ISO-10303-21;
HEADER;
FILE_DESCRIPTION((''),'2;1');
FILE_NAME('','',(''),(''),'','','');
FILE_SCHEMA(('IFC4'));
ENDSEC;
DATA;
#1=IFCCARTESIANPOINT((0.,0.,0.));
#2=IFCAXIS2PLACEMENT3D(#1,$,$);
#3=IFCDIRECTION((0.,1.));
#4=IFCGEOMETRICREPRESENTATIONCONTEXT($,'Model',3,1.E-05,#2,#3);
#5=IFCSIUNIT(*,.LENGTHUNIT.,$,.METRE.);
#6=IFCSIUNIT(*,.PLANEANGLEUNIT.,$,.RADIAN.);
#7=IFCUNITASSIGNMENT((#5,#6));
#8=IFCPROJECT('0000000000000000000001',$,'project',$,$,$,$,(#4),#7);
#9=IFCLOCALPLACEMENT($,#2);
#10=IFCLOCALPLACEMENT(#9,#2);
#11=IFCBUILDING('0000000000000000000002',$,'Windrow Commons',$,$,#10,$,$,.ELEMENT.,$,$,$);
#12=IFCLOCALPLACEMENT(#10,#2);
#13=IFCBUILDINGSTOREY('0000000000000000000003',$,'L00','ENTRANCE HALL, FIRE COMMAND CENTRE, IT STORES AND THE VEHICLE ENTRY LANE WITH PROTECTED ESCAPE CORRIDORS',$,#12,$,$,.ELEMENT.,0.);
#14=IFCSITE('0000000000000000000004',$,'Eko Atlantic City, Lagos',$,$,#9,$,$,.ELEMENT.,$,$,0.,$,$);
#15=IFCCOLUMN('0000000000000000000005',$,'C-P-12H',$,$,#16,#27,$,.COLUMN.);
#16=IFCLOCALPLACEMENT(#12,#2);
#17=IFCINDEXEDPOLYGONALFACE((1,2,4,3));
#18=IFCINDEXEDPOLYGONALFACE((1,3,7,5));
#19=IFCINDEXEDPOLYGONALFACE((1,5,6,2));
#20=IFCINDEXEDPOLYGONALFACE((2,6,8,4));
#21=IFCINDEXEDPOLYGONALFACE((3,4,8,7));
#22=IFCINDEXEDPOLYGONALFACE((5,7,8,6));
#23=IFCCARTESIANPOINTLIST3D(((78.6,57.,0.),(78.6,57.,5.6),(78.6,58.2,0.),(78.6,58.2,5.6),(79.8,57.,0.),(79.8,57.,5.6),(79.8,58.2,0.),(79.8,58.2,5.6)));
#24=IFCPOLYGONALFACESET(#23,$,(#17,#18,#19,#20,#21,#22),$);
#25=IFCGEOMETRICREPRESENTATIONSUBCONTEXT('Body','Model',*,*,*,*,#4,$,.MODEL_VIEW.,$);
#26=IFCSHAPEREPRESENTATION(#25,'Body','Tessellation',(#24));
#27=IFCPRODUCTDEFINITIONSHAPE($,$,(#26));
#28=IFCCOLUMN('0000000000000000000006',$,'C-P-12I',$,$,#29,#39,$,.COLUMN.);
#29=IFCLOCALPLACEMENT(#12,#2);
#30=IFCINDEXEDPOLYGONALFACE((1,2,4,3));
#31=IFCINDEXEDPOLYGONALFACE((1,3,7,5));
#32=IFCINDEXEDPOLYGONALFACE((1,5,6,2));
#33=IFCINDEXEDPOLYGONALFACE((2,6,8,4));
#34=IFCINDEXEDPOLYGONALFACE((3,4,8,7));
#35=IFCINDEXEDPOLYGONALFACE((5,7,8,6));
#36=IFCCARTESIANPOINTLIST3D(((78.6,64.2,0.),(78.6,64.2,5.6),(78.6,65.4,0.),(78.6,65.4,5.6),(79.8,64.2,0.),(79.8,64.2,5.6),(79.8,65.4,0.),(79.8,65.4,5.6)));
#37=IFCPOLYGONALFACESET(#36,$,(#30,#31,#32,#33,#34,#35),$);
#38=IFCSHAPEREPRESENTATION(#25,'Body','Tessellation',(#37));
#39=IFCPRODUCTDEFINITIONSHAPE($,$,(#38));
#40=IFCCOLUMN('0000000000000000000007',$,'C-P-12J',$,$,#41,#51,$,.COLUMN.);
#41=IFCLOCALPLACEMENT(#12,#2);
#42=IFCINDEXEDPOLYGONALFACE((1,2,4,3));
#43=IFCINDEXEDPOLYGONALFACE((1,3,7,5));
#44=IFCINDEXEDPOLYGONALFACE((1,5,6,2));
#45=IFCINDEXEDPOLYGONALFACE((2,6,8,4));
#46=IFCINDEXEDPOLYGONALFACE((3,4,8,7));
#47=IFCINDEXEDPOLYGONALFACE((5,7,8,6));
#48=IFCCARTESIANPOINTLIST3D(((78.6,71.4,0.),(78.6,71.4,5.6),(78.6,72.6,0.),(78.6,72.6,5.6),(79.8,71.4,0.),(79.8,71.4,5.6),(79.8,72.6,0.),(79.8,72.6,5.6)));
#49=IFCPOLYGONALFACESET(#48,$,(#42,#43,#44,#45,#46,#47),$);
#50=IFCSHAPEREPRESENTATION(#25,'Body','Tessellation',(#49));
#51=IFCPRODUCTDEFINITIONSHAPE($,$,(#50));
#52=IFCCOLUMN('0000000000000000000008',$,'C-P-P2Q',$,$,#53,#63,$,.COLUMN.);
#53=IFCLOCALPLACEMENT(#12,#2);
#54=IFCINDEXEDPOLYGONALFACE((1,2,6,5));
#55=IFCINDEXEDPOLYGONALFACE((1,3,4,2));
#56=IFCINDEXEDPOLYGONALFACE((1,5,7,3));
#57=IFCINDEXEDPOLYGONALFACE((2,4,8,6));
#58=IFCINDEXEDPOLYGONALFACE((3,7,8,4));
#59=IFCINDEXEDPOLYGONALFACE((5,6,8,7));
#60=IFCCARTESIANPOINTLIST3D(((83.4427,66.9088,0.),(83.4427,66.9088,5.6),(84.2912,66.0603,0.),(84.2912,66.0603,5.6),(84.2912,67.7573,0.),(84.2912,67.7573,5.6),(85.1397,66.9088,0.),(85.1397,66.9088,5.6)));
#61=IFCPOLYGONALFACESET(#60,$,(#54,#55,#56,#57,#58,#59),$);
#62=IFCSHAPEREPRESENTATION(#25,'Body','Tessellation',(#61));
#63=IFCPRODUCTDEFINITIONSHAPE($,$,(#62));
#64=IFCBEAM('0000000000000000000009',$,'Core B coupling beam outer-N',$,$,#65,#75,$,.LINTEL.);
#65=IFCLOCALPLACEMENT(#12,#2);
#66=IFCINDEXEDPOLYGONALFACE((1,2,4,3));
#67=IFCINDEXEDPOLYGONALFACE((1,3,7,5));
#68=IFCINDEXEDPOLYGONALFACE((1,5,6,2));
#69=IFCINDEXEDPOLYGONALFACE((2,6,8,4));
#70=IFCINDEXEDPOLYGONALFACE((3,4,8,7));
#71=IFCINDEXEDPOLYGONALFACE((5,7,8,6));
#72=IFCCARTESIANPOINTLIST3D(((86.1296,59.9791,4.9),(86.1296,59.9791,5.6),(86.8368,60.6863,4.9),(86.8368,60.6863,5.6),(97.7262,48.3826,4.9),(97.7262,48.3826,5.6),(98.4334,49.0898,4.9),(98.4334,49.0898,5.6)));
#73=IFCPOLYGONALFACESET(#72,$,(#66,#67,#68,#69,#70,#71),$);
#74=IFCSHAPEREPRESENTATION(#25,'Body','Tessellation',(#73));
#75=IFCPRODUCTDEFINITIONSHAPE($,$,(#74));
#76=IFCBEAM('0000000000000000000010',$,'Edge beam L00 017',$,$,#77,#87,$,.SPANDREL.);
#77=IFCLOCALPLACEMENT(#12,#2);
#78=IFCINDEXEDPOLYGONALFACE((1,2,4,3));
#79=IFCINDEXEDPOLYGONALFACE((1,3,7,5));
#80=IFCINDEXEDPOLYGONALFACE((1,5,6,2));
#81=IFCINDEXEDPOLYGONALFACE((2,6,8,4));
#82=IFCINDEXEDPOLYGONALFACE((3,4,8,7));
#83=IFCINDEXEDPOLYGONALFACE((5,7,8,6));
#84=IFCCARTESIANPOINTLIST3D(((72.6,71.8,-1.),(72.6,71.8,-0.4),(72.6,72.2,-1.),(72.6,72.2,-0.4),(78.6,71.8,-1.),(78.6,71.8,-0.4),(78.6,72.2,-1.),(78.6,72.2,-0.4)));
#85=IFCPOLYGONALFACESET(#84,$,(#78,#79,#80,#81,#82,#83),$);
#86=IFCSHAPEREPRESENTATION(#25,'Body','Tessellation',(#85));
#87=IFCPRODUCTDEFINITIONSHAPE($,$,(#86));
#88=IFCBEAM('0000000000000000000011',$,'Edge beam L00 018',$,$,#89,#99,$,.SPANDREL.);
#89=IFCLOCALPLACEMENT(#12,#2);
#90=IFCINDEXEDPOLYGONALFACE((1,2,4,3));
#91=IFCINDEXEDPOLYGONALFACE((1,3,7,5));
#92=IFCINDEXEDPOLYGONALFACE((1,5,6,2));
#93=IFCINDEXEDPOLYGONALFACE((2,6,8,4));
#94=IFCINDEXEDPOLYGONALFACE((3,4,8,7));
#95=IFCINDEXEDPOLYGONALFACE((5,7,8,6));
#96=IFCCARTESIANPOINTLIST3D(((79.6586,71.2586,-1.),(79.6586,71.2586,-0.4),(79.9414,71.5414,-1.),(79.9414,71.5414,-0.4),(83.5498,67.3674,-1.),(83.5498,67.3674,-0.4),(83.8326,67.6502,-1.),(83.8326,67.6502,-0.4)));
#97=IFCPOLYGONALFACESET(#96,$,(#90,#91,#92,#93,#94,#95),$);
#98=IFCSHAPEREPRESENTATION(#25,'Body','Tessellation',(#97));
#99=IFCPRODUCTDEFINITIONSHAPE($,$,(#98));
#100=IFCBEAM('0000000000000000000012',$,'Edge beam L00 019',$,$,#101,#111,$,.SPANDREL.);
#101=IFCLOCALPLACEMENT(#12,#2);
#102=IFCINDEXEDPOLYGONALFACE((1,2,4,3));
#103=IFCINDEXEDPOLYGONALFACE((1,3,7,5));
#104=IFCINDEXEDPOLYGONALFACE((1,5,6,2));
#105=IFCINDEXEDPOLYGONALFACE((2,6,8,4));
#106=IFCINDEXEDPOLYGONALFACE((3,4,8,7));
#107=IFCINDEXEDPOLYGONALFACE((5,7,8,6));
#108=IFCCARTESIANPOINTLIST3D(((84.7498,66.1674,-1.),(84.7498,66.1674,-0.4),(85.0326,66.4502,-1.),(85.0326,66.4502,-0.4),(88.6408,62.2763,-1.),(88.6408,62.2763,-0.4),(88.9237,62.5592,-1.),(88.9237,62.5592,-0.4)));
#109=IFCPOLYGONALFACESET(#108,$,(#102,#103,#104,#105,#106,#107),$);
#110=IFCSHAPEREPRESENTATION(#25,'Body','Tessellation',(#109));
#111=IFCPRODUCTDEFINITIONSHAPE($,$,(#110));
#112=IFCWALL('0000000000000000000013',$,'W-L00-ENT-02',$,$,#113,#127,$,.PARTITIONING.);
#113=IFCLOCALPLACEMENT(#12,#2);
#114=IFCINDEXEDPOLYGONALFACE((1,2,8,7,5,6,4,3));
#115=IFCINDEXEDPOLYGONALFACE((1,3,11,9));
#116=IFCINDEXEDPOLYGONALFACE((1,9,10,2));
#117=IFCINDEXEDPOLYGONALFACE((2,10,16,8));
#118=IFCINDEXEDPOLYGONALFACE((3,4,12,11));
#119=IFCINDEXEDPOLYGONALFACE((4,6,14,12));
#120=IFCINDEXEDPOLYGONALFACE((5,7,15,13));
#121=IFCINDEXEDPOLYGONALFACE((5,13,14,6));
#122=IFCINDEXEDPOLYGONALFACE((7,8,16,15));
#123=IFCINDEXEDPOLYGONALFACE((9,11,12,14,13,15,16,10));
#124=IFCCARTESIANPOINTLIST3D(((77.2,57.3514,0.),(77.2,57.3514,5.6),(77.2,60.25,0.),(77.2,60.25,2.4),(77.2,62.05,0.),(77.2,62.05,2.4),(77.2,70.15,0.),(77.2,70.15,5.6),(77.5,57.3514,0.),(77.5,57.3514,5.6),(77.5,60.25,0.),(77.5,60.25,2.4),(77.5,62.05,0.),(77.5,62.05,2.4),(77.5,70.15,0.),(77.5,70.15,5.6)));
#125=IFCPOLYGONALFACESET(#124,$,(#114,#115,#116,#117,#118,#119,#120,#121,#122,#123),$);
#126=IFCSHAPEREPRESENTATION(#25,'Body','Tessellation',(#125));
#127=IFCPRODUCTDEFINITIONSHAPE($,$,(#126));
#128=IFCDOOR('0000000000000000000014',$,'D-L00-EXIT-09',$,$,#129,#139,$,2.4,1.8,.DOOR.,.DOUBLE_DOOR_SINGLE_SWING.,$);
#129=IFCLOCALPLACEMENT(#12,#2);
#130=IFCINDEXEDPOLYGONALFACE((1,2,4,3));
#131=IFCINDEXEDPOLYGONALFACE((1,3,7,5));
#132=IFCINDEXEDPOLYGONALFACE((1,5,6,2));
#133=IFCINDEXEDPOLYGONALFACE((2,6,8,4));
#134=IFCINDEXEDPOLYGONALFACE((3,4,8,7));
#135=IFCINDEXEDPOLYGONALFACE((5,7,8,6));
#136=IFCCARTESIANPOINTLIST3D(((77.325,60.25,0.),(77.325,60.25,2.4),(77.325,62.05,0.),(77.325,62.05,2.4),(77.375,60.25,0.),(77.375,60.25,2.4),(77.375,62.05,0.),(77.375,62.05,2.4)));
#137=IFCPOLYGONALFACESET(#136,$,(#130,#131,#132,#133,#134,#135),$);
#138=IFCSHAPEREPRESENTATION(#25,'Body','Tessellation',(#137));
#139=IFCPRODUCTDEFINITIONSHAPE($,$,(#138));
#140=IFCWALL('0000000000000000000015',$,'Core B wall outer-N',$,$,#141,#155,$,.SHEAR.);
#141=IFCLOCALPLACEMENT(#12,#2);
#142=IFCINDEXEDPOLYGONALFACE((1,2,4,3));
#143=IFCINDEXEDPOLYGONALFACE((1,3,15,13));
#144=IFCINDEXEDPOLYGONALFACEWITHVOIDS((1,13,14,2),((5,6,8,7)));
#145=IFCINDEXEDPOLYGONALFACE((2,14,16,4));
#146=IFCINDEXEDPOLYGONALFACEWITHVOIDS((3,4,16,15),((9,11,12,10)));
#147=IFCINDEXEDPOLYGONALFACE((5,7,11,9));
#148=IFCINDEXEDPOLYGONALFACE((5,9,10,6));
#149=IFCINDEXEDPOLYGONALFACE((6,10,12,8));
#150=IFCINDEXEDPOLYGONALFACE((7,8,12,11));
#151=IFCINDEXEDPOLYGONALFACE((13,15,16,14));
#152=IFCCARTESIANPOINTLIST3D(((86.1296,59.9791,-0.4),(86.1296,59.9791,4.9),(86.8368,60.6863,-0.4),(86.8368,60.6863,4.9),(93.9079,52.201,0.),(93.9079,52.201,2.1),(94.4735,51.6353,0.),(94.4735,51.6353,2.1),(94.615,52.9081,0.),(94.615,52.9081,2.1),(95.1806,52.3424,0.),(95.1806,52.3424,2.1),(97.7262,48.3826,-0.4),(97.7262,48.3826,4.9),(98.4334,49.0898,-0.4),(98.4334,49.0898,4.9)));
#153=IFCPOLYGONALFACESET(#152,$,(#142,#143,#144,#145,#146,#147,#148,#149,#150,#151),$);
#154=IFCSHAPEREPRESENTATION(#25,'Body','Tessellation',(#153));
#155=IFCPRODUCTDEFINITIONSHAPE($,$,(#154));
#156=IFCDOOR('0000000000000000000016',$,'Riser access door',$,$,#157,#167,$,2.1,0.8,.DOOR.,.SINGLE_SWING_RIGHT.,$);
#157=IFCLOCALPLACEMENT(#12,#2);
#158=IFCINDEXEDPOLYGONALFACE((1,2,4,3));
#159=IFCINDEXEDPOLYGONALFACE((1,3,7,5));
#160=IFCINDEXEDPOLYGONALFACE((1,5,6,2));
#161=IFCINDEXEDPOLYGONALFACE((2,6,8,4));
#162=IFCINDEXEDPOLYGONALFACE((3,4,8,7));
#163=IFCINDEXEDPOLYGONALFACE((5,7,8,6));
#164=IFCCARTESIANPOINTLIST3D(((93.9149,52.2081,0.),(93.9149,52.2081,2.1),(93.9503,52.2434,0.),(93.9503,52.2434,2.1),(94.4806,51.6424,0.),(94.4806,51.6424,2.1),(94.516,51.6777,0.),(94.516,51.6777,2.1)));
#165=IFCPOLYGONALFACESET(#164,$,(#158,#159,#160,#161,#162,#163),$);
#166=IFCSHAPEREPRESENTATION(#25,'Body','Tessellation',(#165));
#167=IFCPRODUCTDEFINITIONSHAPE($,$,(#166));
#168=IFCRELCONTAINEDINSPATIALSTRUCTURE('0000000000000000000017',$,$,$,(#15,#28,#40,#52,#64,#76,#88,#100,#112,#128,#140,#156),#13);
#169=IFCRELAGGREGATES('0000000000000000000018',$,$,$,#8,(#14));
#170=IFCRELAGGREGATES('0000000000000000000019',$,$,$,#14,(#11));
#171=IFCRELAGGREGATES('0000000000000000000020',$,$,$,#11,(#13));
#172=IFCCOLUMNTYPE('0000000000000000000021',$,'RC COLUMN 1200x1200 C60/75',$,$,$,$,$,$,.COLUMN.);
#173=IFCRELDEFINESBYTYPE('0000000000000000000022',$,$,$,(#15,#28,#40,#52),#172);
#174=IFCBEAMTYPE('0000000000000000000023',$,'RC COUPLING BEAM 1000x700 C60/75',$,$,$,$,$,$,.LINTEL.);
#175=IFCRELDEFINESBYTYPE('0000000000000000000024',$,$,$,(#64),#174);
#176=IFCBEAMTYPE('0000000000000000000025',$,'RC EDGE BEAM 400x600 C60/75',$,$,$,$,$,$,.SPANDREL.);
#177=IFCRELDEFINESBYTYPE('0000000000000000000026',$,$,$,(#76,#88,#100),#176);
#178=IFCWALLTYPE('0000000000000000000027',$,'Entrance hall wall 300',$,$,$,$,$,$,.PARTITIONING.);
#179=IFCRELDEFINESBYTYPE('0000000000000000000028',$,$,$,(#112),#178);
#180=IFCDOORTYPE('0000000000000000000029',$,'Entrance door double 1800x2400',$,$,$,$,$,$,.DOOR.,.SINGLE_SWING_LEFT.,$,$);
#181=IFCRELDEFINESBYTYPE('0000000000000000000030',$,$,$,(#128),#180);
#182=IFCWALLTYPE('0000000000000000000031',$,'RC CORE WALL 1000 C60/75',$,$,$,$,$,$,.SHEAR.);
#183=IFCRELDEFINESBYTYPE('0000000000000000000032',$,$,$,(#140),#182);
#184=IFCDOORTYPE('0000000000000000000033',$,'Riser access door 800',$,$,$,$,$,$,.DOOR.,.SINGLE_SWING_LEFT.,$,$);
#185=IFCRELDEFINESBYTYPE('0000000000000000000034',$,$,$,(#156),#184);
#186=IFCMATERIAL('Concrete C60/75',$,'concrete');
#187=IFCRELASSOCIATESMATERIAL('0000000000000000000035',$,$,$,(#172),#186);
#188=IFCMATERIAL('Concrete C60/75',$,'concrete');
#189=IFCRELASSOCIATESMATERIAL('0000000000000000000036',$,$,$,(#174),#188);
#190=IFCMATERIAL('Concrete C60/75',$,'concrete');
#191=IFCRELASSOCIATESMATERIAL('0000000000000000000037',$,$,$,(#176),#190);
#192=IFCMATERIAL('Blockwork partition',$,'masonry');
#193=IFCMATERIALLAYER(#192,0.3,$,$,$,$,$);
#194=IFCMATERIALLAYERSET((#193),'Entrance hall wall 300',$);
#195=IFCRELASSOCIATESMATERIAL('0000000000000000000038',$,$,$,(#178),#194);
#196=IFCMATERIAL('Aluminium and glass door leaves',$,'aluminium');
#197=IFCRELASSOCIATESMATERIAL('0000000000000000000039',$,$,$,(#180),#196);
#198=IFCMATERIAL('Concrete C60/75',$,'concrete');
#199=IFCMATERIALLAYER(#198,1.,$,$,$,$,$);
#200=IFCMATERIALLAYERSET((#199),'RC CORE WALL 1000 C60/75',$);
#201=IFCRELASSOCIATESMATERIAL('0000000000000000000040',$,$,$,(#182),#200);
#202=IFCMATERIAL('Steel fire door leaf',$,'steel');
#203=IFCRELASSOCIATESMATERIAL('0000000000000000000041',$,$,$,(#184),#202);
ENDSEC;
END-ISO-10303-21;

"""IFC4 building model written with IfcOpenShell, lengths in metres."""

from ifc_helpers import new_model, si_unit, direction, frame, frame_2d, origin, origin_2d, place, context, subcontext, project, spatial, rectangle, extrude, material, layer, layer_set, material_profile, profile_set, type_object, element, fill, save


model = new_model("IFC4")

# Units and contexts
model_context = context("Model", 3, precision=1e-05, world=origin(), true_north=direction((0.0, 1.0)))
body_context = subcontext(model_context, "Body", "Model", "MODEL_VIEW")
ifc_project = project(units=[si_unit("LENGTHUNIT", "METRE"), si_unit("PLANEANGLEUNIT", "RADIAN")], contexts=[model_context])

# Site, building, storey
site_placement = place(None, origin())
site = spatial("IfcSite", under=ifc_project, at=site_placement, Name="Eko Atlantic City, Lagos", CompositionType="ELEMENT", RefElevation=0.0)
building_placement = place(site_placement, origin())
building = spatial("IfcBuilding", under=site, at=building_placement, Name="Windrow Commons", CompositionType="ELEMENT")
storey_placement = place(building_placement, origin())
storey = spatial("IfcBuildingStorey", under=building, at=storey_placement, Name="L00", Description="ENTRANCE HALL, FIRE COMMAND CENTRE, IT STORES AND THE VEHICLE ENTRY LANE WITH PROTECTED ESCAPE CORRIDORS", CompositionType="ELEMENT", Elevation=0.0)

# Columns
ifc_material_1 = material(Name="Concrete C60/75", Category="concrete")
ifc_material_profile_1 = material_profile(ifc_material_1, rectangle(XDim=1.2, YDim=1.2, at=origin_2d()))
ifc_profile_set_1 = profile_set([ifc_material_profile_1], Name="Concrete C60/75")
column_type = type_object("IfcColumnType", Name="RC COLUMN 1200x1200 C60/75", PredefinedType="COLUMN", material=ifc_profile_set_1)
for number, where, z_axis, x_axis, name in (
    (1, (79.2, 57.6, 0.0), (0.0, 0.0, 1.0), (1.0, 0.0, 0.0), "C-P-12H"),
    (2, (79.2, 64.8, 0.0), (0.0, 0.0, 1.0), (1.0, 0.0, 0.0), "C-P-12I"),
    (3, (79.2, 72.0, 0.0), (0.0, 0.0, 1.0), (1.0, 0.0, 0.0), "C-P-12J"),
    (4, (84.2912, 66.9088, 0.0), (0.0, 0.0, 1.0), (0.707107, -0.707107, 0.0), "C-P-P2Q"),
):
    element("IfcColumn", number, at=place(storey_placement, frame(where, z_axis=z_axis, x_axis=x_axis)), inside=storey, type_object=column_type, Name=name, PredefinedType="COLUMN", context=body_context, shape_type="SweptSolid", body=[
        extrude(rectangle(XDim=1.2, YDim=1.2, at=origin_2d()), origin(), (0.0, 0.0, 1.0), 5.6),
    ])

# Beams
ifc_material_2 = material(Name="Concrete C60/75", Category="concrete")
ifc_material_profile_2 = material_profile(ifc_material_2, rectangle(XDim=1.0, YDim=0.7, at=origin_2d()))
ifc_profile_set_2 = profile_set([ifc_material_profile_2], Name="Concrete C60/75")
beam_type_1 = type_object("IfcBeamType", Name="RC COUPLING BEAM 1000x700 C60/75", PredefinedType="LINTEL", material=ifc_profile_set_2)
beam_1_placement = place(storey_placement, frame((86.4832, 60.3327, 5.25), z_axis=(0.70711, -0.707104, 0.0), x_axis=(0.707104, 0.70711, 0.0)))
element("IfcBeam", 5, at=beam_1_placement, inside=storey, type_object=beam_type_1, Name="Core B coupling beam outer-N", PredefinedType="LINTEL", context=body_context, shape_type="SweptSolid", body=[
    extrude(rectangle(XDim=1.0, YDim=0.7, at=origin_2d()), origin(), (0.0, 0.0, 1.0), 16.4),
])
ifc_material_3 = material(Name="Concrete C60/75", Category="concrete")
ifc_material_profile_3 = material_profile(ifc_material_3, rectangle(XDim=0.4, YDim=0.6, at=origin_2d()))
ifc_profile_set_3 = profile_set([ifc_material_profile_3], Name="Concrete C60/75")
beam_type_2 = type_object("IfcBeamType", Name="RC EDGE BEAM 400x600 C60/75", PredefinedType="SPANDREL", material=ifc_profile_set_3)
beam_2_placement = place(storey_placement, frame((72.6, 72.0, -0.7), z_axis=(1.0, 0.0, 0.0), x_axis=(0.0, 1.0, 0.0)))
element("IfcBeam", 6, at=beam_2_placement, inside=storey, type_object=beam_type_2, Name="Edge beam L00 017", PredefinedType="SPANDREL", context=body_context, shape_type="SweptSolid", body=[
    extrude(rectangle(XDim=0.4, YDim=0.6, at=origin_2d()), origin(), (0.0, 0.0, 1.0), 6.0),
])
beam_3_placement = place(storey_placement, frame((79.8, 71.4, -0.7), z_axis=(0.707107, -0.707107, 0.0), x_axis=(0.707107, 0.707107, 0.0)))
element("IfcBeam", 7, at=beam_3_placement, inside=storey, type_object=beam_type_2, Name="Edge beam L00 018", PredefinedType="SPANDREL", context=body_context, shape_type="SweptSolid", body=[
    extrude(rectangle(XDim=0.4, YDim=0.6, at=origin_2d()), origin(), (0.0, 0.0, 1.0), 5.503),
])
beam_4_placement = place(storey_placement, frame((84.8912, 66.3088, -0.7), z_axis=(0.707107, -0.707107, 0.0), x_axis=(0.707107, 0.707107, 0.0)))
element("IfcBeam", 8, at=beam_4_placement, inside=storey, type_object=beam_type_2, Name="Edge beam L00 019", PredefinedType="SPANDREL", context=body_context, shape_type="SweptSolid", body=[
    extrude(rectangle(XDim=0.4, YDim=0.6, at=origin_2d()), origin(), (0.0, 0.0, 1.0), 5.5028),
])

# Walls, openings, doors
ifc_material_4 = material(Name="Blockwork partition", Category="masonry")
ifc_layer_1 = layer(ifc_material_4, 0.3)
ifc_layer_set_1 = layer_set([ifc_layer_1], Name="Entrance hall wall 300")
wall_type_1 = type_object("IfcWallType", Name="Entrance hall wall 300", PredefinedType="PARTITIONING", material=ifc_layer_set_1)
wall_1_placement = place(storey_placement, frame((77.35, 70.15, 0.0), z_axis=(0.0, 0.0, 1.0), x_axis=(0.0, -1.0, 0.0)))
wall_1 = element("IfcWall", 9, at=wall_1_placement, inside=storey, type_object=wall_type_1, Name="W-L00-ENT-02", PredefinedType="PARTITIONING", context=body_context, shape_type="SweptSolid", body=[
    extrude(rectangle(XDim=12.7986, YDim=0.3, at=frame_2d((6.3993, 0.0))), origin(), (0.0, 0.0, 1.0), 5.6),
])
opening_1_placement = place(wall_1_placement, frame((8.1, 0.0, 0.0)))
opening_1 = element("IfcOpeningElement", 10, at=opening_1_placement, cuts=wall_1, PredefinedType="OPENING", context=body_context, shape_type="SweptSolid", body=[
    extrude(rectangle(XDim=1.8, YDim=2.4, at=frame_2d((0.9, 1.2))), frame((0.0, 0.16, 0.0), z_axis=(0.0, -1.0, 0.0), x_axis=(1.0, 0.0, 0.0)), (0.0, 0.0, 1.0), 0.32),
])
ifc_material_5 = material(Name="Aluminium and glass door leaves", Category="aluminium")
door_type_1 = type_object("IfcDoorType", Name="Entrance door double 1800x2400", OperationType="SINGLE_SWING_LEFT", PredefinedType="DOOR", material=ifc_material_5)
door_1_placement = place(opening_1_placement, origin())
door_1 = element("IfcDoor", 11, at=door_1_placement, inside=storey, type_object=door_type_1, Name="D-L00-EXIT-09", OperationType="DOUBLE_DOOR_SINGLE_SWING", OverallHeight=2.4, OverallWidth=1.8, PredefinedType="DOOR", context=body_context, shape_type="SweptSolid", body=[
    extrude(rectangle(XDim=1.8, YDim=2.4, at=frame_2d((0.9, 1.2))), frame((0.0, 0.025, 0.0), z_axis=(0.0, -1.0, 0.0), x_axis=(1.0, 0.0, 0.0)), (0.0, 0.0, 1.0), 0.05),
])
fill(opening_1, door_1)
ifc_material_6 = material(Name="Concrete C60/75", Category="concrete")
ifc_layer_2 = layer(ifc_material_6, 1.0)
ifc_layer_set_2 = layer_set([ifc_layer_2], Name="RC CORE WALL 1000 C60/75")
wall_type_2 = type_object("IfcWallType", Name="RC CORE WALL 1000 C60/75", PredefinedType="SHEAR", material=ifc_layer_set_2)
wall_2_placement = place(storey_placement, frame((86.4832, 60.3327, -0.4), z_axis=(0.0, 0.0, 1.0), x_axis=(0.70711, -0.707104, 0.0)))
wall_2 = element("IfcWall", 12, at=wall_2_placement, inside=storey, type_object=wall_type_2, Name="Core B wall outer-N", PredefinedType="SHEAR", context=body_context, shape_type="SweptSolid", body=[
    extrude(rectangle(XDim=16.4, YDim=1.0, at=frame_2d((8.2, 0.0))), origin(), (0.0, 0.0, 1.0), 5.3),
])
opening_2_placement = place(wall_2_placement, frame((11.0, 0.0, 0.4)))
opening_2 = element("IfcOpeningElement", 13, at=opening_2_placement, cuts=wall_2, PredefinedType="OPENING", context=body_context, shape_type="SweptSolid", body=[
    extrude(rectangle(XDim=0.8, YDim=2.1, at=frame_2d((0.4, 1.05))), frame((0.0, 0.51, 0.0), z_axis=(0.0, -1.0, 0.0), x_axis=(1.0, 0.0, 0.0)), (0.0, 0.0, 1.0), 1.02),
])
ifc_material_7 = material(Name="Steel fire door leaf", Category="steel")
door_type_2 = type_object("IfcDoorType", Name="Riser access door 800", OperationType="SINGLE_SWING_LEFT", PredefinedType="DOOR", material=ifc_material_7)
door_2_placement = place(opening_2_placement, origin())
door_2 = element("IfcDoor", 14, at=door_2_placement, inside=storey, type_object=door_type_2, Name="Riser access door", OperationType="SINGLE_SWING_RIGHT", OverallHeight=2.1, OverallWidth=0.8, PredefinedType="DOOR", context=body_context, shape_type="SweptSolid", body=[
    extrude(rectangle(XDim=0.8, YDim=2.1, at=frame_2d((0.4, 1.05))), frame((0.0, -0.44, 0.0), z_axis=(0.0, -1.0, 0.0), x_axis=(1.0, 0.0, 0.0)), (0.0, 0.0, 1.0), 0.05),
])
fill(opening_2, door_2)

save(model, "model.ifc")
